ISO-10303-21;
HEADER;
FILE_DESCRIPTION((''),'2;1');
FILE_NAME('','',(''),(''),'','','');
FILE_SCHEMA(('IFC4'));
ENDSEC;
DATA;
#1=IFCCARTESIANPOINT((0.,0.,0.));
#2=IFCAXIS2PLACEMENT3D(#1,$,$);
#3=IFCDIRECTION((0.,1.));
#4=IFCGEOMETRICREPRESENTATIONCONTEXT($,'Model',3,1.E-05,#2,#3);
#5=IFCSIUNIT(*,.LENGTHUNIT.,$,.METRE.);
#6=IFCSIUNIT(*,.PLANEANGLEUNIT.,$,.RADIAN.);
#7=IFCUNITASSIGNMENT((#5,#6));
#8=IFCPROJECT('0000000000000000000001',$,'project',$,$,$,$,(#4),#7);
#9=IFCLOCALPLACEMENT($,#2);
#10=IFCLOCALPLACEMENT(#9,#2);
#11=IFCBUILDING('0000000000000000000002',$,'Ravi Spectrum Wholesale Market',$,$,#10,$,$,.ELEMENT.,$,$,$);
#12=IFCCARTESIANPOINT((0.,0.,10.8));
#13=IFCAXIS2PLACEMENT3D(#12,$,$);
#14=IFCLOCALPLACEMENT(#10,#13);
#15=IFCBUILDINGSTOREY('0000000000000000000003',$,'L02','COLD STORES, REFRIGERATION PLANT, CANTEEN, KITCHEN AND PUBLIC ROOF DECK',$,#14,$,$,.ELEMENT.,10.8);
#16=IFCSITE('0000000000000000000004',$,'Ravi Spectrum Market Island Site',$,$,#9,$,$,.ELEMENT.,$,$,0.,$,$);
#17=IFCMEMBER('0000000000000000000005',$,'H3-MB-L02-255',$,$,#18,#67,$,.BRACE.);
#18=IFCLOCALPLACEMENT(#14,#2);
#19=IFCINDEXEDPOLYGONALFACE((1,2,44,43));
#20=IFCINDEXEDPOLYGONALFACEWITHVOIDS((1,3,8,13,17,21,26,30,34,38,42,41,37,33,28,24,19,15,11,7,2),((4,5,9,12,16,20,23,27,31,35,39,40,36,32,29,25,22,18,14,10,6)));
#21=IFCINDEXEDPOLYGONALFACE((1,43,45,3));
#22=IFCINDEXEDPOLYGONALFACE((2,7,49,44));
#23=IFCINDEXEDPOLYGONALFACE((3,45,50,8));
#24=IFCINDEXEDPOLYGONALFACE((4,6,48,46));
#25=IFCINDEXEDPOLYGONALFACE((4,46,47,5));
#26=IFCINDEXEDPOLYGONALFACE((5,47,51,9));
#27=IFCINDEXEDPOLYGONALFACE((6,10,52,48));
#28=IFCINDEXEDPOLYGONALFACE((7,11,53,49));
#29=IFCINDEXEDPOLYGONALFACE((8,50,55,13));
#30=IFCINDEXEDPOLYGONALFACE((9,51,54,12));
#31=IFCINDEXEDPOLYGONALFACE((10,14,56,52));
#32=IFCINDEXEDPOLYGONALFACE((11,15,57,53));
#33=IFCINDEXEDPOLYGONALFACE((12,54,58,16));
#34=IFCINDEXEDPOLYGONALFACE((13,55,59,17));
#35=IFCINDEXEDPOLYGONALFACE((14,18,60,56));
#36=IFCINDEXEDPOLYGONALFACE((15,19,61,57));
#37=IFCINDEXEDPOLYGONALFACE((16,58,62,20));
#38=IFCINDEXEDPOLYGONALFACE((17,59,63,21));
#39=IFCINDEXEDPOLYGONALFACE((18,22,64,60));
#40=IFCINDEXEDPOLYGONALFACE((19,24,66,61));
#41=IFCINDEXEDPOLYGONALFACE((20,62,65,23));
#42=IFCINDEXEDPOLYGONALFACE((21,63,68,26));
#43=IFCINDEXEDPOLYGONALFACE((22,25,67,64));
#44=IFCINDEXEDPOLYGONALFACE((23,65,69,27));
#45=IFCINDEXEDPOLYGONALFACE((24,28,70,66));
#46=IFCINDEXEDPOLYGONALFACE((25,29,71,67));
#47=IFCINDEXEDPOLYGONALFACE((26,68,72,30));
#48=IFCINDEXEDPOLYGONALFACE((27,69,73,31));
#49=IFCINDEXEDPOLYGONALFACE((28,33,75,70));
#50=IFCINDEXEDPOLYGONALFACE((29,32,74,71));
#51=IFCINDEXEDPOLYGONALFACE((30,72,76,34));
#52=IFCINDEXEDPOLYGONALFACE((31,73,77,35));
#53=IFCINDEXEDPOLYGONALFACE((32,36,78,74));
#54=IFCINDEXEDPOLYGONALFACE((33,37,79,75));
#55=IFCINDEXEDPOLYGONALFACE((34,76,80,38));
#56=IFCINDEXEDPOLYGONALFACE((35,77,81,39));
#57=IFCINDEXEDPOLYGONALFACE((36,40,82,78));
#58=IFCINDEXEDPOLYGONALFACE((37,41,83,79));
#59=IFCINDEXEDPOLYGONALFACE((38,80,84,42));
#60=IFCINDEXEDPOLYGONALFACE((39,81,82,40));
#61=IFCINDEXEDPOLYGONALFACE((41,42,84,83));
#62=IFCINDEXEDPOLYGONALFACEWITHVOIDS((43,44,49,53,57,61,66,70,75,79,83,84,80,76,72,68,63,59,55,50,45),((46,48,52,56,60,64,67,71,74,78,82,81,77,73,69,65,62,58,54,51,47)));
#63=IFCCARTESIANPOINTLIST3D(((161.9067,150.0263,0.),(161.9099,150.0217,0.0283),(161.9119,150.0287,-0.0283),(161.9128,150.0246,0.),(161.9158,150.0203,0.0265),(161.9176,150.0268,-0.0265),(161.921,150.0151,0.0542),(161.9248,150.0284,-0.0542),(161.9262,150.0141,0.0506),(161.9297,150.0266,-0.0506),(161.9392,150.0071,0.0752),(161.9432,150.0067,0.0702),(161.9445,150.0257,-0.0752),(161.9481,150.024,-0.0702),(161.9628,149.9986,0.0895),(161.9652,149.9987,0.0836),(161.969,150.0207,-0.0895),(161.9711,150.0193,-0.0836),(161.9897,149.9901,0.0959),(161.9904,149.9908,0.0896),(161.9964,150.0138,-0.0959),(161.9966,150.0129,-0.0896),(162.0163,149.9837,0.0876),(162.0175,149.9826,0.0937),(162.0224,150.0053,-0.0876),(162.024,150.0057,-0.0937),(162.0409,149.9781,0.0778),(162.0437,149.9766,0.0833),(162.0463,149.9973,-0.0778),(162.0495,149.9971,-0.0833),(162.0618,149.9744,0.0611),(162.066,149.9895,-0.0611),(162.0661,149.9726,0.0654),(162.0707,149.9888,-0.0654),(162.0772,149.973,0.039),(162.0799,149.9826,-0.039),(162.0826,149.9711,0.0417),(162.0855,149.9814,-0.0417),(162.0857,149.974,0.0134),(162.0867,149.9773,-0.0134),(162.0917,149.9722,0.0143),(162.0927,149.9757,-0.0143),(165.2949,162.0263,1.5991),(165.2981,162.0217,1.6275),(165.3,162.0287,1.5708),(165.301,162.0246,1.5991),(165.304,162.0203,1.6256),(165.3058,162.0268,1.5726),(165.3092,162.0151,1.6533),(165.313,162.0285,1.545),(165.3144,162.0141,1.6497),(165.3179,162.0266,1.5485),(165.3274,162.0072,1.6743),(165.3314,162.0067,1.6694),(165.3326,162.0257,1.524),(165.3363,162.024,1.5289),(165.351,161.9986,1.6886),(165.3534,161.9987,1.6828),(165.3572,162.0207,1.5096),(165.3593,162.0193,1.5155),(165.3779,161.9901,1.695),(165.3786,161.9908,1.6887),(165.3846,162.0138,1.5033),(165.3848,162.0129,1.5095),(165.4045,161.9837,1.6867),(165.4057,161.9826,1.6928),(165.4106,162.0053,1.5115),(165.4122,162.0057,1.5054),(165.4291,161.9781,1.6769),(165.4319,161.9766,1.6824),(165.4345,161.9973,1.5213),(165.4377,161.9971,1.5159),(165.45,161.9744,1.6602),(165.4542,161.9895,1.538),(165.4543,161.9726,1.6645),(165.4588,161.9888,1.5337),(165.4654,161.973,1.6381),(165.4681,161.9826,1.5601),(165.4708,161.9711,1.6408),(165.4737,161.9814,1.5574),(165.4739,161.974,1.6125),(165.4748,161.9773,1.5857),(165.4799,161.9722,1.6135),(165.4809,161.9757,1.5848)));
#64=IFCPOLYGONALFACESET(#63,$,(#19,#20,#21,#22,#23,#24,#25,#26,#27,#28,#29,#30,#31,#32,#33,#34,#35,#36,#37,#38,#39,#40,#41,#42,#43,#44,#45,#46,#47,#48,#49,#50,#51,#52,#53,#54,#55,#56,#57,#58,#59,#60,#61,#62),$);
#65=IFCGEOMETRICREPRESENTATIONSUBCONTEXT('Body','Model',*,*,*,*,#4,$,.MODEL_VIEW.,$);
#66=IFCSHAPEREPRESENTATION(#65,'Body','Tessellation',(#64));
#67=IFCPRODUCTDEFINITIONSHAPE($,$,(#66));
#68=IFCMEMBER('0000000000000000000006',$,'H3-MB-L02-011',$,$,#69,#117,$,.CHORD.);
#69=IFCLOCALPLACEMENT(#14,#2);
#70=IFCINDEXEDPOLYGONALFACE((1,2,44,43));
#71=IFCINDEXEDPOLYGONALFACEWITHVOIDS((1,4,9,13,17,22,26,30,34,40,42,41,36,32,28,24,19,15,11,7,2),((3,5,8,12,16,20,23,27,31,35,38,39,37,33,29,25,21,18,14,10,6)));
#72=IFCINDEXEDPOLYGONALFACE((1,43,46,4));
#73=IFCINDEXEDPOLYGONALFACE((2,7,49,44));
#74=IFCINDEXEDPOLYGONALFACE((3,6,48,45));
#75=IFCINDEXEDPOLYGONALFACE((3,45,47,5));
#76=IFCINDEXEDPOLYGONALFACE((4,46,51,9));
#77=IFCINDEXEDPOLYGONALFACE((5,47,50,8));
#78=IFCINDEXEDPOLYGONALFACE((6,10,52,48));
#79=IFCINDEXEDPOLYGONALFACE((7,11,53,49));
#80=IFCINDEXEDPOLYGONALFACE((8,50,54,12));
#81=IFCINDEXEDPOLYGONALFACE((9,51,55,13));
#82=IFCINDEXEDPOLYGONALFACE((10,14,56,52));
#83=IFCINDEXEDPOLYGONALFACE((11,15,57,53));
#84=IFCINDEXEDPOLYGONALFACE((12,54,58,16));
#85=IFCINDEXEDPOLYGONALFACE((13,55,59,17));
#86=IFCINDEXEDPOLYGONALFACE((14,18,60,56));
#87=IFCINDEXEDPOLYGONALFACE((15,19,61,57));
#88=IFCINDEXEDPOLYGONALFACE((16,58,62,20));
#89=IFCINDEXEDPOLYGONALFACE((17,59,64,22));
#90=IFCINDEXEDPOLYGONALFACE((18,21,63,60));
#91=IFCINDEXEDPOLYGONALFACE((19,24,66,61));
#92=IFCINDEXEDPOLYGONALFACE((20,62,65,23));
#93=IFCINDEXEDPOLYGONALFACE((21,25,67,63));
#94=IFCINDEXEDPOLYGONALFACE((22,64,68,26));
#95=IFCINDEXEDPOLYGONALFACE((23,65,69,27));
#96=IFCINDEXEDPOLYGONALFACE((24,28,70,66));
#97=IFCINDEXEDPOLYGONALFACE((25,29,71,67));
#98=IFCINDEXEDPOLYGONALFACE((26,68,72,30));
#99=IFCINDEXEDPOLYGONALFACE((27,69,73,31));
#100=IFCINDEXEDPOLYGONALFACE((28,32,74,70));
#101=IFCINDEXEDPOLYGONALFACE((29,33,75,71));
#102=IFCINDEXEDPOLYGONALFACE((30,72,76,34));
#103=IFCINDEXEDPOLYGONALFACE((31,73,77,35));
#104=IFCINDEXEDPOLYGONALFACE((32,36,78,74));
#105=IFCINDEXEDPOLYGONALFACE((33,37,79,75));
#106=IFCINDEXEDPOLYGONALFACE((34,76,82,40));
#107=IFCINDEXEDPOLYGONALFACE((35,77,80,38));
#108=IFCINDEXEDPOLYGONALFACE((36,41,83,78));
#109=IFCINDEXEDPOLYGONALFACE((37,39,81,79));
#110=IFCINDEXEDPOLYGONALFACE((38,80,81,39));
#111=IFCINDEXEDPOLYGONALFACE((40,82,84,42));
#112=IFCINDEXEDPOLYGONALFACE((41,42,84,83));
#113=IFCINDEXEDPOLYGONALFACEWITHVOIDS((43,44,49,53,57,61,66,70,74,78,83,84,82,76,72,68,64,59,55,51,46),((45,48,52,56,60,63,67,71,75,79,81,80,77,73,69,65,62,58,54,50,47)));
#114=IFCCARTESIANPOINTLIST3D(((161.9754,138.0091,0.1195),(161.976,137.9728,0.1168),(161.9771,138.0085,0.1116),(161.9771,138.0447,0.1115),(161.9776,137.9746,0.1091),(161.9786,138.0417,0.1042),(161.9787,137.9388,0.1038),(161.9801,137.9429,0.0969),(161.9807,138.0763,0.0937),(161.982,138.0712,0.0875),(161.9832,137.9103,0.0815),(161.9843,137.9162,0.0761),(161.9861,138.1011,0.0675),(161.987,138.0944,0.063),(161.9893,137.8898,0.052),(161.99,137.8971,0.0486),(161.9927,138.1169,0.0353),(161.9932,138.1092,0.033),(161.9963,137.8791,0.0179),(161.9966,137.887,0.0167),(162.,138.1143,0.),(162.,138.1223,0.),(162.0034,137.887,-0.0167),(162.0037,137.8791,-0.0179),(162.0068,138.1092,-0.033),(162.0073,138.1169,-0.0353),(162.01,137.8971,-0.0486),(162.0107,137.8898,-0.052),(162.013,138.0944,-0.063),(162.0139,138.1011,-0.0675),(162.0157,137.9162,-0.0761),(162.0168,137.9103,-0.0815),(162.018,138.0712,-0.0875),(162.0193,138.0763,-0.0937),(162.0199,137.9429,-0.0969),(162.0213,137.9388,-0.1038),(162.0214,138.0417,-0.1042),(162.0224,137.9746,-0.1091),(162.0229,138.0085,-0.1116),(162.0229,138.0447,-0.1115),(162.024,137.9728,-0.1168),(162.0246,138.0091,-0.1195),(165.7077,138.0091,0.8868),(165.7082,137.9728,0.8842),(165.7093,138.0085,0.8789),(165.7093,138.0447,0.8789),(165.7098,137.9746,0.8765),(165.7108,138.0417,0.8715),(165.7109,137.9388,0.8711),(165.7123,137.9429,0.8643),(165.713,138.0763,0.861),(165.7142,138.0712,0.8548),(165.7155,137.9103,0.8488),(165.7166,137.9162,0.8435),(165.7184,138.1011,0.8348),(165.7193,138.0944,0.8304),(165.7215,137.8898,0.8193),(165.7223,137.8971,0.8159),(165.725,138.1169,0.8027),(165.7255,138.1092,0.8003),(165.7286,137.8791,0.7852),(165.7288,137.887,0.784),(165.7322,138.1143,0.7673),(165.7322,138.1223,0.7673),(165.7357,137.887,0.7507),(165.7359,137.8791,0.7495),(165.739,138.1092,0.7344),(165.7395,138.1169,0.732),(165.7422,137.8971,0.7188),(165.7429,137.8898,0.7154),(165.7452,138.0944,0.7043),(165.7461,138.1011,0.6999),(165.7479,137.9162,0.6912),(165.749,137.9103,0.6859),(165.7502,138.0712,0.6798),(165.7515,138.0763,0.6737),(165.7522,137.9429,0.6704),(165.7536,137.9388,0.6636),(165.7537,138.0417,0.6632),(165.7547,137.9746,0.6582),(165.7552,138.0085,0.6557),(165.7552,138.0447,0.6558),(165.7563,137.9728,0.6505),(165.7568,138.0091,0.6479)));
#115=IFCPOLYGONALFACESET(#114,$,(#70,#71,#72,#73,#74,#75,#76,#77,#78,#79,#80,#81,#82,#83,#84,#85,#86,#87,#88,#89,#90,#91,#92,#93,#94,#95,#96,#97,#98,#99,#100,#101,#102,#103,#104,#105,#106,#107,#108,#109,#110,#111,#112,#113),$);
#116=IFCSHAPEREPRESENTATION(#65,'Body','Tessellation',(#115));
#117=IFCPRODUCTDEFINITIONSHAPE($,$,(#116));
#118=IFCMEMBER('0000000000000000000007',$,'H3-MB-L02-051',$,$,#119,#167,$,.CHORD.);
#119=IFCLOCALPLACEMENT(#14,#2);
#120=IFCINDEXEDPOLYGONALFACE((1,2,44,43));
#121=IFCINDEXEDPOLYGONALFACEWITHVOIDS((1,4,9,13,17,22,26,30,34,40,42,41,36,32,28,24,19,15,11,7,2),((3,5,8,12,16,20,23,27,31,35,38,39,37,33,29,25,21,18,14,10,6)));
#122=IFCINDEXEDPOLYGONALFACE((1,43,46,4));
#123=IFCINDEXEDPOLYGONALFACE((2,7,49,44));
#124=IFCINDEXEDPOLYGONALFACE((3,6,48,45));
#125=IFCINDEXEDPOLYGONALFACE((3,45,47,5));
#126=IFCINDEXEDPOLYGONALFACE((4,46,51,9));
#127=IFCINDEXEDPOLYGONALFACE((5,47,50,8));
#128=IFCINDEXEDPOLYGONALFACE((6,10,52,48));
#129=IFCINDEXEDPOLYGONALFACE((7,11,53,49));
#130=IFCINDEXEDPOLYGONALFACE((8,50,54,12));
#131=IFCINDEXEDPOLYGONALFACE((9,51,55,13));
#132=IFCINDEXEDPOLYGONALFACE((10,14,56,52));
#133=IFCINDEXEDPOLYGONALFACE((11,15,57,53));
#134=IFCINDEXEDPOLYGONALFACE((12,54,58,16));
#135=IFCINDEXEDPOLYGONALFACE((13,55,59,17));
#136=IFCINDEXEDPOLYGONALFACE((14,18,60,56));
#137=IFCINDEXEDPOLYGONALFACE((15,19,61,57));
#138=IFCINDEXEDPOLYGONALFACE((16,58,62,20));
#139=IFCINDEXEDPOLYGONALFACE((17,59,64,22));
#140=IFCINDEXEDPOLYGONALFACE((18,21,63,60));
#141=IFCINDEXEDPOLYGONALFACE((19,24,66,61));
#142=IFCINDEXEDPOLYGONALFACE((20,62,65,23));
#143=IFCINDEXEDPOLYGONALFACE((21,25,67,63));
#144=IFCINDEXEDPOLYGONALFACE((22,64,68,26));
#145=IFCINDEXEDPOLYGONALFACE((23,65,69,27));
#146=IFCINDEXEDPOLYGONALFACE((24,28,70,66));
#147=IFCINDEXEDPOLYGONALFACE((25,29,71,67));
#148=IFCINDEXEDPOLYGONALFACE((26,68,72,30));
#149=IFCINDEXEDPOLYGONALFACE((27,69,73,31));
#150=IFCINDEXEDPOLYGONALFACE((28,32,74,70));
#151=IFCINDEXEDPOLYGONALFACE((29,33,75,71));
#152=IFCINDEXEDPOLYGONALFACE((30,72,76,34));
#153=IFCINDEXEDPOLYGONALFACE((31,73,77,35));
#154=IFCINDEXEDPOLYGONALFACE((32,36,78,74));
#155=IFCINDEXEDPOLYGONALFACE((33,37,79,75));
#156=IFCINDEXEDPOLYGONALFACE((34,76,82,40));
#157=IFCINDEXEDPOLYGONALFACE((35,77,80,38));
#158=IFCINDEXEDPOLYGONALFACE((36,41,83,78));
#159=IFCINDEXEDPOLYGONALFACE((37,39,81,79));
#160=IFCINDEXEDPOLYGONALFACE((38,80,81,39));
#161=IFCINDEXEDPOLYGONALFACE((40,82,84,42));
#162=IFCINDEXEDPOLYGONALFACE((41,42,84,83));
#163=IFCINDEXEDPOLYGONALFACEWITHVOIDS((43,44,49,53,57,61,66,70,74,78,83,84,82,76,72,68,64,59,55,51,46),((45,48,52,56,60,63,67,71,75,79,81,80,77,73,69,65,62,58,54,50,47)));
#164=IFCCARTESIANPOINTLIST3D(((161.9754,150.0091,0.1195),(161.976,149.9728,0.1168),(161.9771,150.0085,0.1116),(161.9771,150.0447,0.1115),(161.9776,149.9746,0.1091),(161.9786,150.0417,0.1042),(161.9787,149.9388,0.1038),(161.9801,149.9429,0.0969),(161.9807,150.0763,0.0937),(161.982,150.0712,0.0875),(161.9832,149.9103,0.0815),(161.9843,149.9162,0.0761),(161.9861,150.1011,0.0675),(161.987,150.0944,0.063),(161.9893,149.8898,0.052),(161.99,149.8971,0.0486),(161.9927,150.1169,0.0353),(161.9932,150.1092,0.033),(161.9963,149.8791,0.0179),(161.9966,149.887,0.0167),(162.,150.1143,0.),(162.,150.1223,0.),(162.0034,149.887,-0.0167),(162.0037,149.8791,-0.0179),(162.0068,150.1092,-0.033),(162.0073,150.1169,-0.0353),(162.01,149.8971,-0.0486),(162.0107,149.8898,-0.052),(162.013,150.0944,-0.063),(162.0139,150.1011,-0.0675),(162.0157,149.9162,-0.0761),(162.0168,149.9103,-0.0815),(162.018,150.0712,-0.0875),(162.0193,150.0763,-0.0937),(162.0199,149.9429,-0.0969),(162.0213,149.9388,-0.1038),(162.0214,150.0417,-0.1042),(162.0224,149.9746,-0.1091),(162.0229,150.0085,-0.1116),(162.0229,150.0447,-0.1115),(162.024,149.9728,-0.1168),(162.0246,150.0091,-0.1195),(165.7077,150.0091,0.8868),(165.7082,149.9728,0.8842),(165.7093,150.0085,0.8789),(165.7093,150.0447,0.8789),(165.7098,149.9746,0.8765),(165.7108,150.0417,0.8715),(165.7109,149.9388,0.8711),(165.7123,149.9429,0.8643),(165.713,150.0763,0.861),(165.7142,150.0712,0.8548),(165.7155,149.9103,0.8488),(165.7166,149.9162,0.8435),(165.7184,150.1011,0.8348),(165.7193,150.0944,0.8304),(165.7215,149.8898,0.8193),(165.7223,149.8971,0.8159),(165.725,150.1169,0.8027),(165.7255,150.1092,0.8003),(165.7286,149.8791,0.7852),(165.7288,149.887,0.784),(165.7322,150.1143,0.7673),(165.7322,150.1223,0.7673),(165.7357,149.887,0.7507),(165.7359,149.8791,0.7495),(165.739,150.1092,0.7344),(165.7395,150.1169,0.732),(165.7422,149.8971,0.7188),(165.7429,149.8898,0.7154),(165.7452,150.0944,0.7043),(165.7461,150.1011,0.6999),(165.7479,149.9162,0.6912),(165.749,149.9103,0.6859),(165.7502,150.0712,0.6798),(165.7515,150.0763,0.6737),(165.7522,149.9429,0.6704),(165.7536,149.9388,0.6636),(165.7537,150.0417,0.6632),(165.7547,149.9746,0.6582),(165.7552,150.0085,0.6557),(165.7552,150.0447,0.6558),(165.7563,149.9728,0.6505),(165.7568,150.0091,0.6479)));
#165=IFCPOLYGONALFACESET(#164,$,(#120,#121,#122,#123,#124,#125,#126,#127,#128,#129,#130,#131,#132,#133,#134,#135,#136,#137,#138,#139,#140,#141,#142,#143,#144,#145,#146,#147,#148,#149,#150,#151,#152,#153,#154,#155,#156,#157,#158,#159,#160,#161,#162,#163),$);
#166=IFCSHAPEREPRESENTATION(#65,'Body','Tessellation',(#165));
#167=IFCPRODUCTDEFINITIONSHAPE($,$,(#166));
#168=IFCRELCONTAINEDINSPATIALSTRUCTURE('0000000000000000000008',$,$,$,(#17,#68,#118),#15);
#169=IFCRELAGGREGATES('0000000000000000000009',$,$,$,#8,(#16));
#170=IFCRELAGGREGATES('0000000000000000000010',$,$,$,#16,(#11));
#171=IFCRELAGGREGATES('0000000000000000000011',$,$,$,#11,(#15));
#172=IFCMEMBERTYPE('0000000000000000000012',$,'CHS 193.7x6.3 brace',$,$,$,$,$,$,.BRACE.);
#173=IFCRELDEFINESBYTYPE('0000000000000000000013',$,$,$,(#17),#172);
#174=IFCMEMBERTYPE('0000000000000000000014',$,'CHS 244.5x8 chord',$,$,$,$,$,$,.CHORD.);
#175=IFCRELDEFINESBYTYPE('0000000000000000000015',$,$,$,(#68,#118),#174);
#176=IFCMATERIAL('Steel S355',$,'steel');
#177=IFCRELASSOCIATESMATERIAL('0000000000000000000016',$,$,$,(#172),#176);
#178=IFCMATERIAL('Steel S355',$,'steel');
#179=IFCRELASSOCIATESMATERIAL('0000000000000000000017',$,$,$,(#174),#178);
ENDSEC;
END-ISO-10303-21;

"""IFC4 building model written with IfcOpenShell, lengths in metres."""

from ifc_helpers import new_model, si_unit, direction, frame, origin, origin_2d, place, context, subcontext, project, spatial, hollow_circle, extrude, material, material_profile, profile_set, type_object, element, save


model = new_model("IFC4")

# Units and contexts
model_context = context("Model", 3, precision=1e-05, world=origin(), true_north=direction((0.0, 1.0)))
body_context = subcontext(model_context, "Body", "Model", "MODEL_VIEW")
ifc_project = project(units=[si_unit("LENGTHUNIT", "METRE"), si_unit("PLANEANGLEUNIT", "RADIAN")], contexts=[model_context])

# Site, building, storey
site_placement = place(None, origin())
site = spatial("IfcSite", under=ifc_project, at=site_placement, Name="Ravi Spectrum Market Island Site", CompositionType="ELEMENT", RefElevation=0.0)
building_placement = place(site_placement, origin())
building = spatial("IfcBuilding", under=site, at=building_placement, Name="Ravi Spectrum Wholesale Market", CompositionType="ELEMENT")
storey_placement = place(building_placement, frame((0.0, 0.0, 10.8)))
storey = spatial("IfcBuildingStorey", under=building, at=storey_placement, Name="L02", Description="COLD STORES, REFRIGERATION PLANT, CANTEEN, KITCHEN AND PUBLIC ROOF DECK", CompositionType="ELEMENT", Elevation=10.8)

# Members
ifc_material_1 = material(Name="Steel S355", Category="steel")
ifc_material_profile_1 = material_profile(ifc_material_1, hollow_circle(Radius=0.0969, WallThickness=0.0063, at=origin_2d()))
ifc_profile_set_1 = profile_set([ifc_material_profile_1], Name="Steel S355")
member_type_1 = type_object("IfcMemberType", Name="CHS 193.7x6.3 brace", PredefinedType="BRACE", material=ifc_profile_set_1)
for number, where, z_axis, x_axis, name in (
    (1, (162.0, 150.0, 0.0), (0.269518, 0.954557, 0.127204), (-0.962375, 0.271725, 0.0), "H3-MB-L02-255"),
):
    element("IfcMember", number, at=place(storey_placement, frame(where, z_axis=z_axis, x_axis=x_axis)), inside=storey, type_object=member_type_1, Name=name, PredefinedType="BRACE", context=body_context, shape_type="SweptSolid", body=[
        extrude(hollow_circle(Radius=0.0969, WallThickness=0.0063, at=origin_2d()), origin(), (0.0, 0.0, 1.0), 12.5713),
    ])
ifc_material_2 = material(Name="Steel S355", Category="steel")
ifc_material_profile_2 = material_profile(ifc_material_2, hollow_circle(Radius=0.1223, WallThickness=0.0081, at=origin_2d()))
ifc_profile_set_2 = profile_set([ifc_material_profile_2], Name="Steel S355")
member_type_2 = type_object("IfcMemberType", Name="CHS 244.5x8 chord", PredefinedType="CHORD", material=ifc_profile_set_2)
for number, where, z_axis, x_axis, name in (
    (2, (162.0, 138.0, 0.0), (0.979512, 0.0, 0.201387), (0.0, 1.0, 0.0), "H3-MB-L02-011"),
    (3, (162.0, 150.0, 0.0), (0.979512, 0.0, 0.201387), (0.0, 1.0, 0.0), "H3-MB-L02-051"),
):
    element("IfcMember", number, at=place(storey_placement, frame(where, z_axis=z_axis, x_axis=x_axis)), inside=storey, type_object=member_type_2, Name=name, PredefinedType="CHORD", context=body_context, shape_type="SweptSolid", body=[
        extrude(hollow_circle(Radius=0.1223, WallThickness=0.0081, at=origin_2d()), origin(), (0.0, 0.0, 1.0), 3.8103),
    ])

save(model, "model.ifc")
